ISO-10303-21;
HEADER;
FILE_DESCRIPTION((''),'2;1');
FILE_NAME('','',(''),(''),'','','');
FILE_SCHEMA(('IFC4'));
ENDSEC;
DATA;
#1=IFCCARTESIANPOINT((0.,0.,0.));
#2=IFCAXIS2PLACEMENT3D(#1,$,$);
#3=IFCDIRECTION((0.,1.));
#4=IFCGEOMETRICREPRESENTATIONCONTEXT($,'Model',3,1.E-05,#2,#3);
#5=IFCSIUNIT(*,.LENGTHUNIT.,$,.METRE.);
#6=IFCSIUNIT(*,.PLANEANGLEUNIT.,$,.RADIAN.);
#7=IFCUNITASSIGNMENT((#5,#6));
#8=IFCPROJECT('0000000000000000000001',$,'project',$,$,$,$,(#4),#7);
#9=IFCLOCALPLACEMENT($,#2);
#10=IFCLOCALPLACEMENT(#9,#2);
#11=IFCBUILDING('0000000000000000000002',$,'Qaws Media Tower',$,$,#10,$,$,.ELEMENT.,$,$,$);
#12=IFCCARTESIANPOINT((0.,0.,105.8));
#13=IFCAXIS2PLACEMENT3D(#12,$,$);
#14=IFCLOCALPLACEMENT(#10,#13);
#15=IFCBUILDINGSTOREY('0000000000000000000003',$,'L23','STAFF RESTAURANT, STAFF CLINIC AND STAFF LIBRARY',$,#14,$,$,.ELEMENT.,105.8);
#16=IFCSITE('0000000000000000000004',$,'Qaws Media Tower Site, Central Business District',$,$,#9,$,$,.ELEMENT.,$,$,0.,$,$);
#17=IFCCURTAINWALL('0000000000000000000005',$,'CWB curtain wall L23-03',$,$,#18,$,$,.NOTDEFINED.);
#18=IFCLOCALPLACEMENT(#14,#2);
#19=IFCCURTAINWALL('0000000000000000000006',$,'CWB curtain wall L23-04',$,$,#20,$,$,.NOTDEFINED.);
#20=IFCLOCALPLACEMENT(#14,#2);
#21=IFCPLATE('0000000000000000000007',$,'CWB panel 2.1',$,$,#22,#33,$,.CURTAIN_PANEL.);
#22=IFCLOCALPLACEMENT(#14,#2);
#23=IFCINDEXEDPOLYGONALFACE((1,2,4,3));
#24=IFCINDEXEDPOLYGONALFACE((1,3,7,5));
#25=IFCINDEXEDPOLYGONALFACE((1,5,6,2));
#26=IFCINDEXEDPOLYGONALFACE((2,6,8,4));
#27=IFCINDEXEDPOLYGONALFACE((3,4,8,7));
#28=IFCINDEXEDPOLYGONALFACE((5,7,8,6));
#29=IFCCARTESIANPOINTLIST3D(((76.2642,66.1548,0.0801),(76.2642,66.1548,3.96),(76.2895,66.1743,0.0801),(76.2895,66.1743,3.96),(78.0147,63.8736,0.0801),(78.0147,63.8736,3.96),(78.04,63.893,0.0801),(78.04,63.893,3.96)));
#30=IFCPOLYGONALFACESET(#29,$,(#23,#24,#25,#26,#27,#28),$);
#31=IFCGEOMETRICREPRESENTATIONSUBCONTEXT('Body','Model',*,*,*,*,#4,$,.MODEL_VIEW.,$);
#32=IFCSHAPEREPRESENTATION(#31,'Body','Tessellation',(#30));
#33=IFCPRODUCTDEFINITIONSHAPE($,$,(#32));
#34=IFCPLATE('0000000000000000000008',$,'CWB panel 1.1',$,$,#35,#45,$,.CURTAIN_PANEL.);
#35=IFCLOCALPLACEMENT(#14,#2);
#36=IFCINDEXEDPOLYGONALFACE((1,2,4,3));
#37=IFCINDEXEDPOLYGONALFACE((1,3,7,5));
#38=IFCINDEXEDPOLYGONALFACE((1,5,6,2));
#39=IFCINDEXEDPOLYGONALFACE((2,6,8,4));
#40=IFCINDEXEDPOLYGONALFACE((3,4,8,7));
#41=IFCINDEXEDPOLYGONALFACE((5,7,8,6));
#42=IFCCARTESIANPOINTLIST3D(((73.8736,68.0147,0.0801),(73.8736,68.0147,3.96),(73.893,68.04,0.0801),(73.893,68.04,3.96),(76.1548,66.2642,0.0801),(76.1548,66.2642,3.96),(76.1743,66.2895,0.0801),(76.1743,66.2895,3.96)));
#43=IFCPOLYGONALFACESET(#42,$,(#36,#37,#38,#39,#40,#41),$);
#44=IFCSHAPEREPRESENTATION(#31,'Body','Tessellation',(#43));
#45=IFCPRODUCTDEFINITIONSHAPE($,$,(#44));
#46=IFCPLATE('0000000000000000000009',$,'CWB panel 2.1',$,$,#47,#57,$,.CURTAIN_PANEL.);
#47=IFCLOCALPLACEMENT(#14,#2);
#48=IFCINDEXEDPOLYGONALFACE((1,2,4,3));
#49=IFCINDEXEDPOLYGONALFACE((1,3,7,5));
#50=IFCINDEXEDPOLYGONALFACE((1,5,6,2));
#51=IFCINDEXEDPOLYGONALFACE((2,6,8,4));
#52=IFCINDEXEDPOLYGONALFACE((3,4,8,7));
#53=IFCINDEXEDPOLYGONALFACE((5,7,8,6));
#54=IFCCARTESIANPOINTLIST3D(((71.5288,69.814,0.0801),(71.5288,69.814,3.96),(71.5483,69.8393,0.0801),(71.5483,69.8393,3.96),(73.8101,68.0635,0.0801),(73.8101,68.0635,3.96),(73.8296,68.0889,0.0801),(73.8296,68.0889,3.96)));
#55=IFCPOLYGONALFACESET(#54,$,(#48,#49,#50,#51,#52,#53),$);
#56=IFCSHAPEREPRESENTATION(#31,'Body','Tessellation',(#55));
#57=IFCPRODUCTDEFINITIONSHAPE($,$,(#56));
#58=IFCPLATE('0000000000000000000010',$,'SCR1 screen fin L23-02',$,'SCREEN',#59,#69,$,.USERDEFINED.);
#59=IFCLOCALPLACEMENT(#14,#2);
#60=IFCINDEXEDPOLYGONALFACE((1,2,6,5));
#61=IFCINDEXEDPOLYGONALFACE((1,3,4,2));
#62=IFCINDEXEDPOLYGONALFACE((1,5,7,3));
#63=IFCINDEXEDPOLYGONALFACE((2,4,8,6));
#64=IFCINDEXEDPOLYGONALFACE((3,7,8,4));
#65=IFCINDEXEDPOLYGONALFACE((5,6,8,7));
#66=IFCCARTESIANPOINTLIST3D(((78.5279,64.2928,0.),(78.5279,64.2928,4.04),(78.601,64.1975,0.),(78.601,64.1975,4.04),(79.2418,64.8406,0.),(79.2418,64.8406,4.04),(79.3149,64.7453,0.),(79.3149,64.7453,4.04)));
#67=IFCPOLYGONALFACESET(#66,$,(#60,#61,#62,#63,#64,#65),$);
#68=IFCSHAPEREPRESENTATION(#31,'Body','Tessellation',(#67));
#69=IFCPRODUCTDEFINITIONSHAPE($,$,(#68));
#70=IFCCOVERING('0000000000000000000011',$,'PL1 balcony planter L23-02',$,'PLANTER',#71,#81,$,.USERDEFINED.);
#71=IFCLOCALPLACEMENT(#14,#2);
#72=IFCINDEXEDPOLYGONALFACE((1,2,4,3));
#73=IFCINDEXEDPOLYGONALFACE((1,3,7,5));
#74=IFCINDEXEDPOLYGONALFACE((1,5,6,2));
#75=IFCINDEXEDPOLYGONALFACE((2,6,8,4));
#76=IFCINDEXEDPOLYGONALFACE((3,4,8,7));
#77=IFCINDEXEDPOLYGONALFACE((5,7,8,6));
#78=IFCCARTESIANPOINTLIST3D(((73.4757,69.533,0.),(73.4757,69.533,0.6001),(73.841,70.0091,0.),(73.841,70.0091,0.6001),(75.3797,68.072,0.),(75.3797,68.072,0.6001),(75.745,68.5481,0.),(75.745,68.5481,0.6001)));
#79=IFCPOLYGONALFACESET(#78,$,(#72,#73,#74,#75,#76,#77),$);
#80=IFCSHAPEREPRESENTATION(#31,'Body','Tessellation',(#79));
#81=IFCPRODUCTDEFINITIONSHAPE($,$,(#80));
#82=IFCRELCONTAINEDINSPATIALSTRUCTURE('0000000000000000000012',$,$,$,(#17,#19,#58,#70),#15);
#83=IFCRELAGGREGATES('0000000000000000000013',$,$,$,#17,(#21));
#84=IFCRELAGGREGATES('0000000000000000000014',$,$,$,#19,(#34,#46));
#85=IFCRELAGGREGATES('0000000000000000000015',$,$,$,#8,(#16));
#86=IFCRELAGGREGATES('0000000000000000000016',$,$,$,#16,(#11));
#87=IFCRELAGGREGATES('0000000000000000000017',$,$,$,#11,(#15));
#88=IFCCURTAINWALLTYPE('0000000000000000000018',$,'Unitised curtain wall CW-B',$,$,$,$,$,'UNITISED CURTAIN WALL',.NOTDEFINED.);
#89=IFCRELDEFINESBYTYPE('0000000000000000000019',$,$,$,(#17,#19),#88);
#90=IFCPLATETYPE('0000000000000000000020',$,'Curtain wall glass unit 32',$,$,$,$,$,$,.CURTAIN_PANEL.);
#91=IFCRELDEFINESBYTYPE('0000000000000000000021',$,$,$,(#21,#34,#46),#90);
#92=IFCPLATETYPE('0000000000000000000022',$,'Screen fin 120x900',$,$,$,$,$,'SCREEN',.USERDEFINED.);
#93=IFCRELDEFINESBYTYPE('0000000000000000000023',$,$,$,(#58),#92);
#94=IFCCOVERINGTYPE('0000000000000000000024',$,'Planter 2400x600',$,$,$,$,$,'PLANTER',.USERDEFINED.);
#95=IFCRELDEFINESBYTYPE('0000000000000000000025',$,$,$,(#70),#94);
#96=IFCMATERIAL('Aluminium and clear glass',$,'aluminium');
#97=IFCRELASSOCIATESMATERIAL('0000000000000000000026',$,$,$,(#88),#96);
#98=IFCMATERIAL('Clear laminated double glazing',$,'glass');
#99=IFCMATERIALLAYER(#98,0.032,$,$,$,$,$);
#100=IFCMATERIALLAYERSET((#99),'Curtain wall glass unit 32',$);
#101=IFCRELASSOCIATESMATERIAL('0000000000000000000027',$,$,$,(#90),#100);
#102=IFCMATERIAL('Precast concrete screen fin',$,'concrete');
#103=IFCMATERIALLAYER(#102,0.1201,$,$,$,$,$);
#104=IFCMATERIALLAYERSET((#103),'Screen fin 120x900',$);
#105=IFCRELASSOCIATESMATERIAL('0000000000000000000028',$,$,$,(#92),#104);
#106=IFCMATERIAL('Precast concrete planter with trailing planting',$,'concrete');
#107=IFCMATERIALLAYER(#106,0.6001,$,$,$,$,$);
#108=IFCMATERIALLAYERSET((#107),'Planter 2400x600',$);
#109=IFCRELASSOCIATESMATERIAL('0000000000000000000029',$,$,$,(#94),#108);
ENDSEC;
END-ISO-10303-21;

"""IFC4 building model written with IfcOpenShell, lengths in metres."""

from ifc_helpers import new_model, si_unit, direction, frame, origin, origin_2d, place, context, subcontext, project, spatial, rectangle, extrude, material, layer, layer_set, type_object, element, aggregate, save


model = new_model("IFC4")

# Units and contexts
model_context = context("Model", 3, precision=1e-05, world=origin(), true_north=direction((0.0, 1.0)))
body_context = subcontext(model_context, "Body", "Model", "MODEL_VIEW")
ifc_project = project(units=[si_unit("LENGTHUNIT", "METRE"), si_unit("PLANEANGLEUNIT", "RADIAN")], contexts=[model_context])

# Site, building, storey
site_placement = place(None, origin())
site = spatial("IfcSite", under=ifc_project, at=site_placement, Name="Qaws Media Tower Site, Central Business District", CompositionType="ELEMENT", RefElevation=0.0)
building_placement = place(site_placement, origin())
building = spatial("IfcBuilding", under=site, at=building_placement, Name="Qaws Media Tower", CompositionType="ELEMENT")
storey_placement = place(building_placement, frame((0.0, 0.0, 105.8)))
storey = spatial("IfcBuildingStorey", under=building, at=storey_placement, Name="L23", Description="STAFF RESTAURANT, STAFF CLINIC AND STAFF LIBRARY", CompositionType="ELEMENT", Elevation=105.8)

# Shared definitions
ifc_material_1 = material(Name="Aluminium and clear glass", Category="aluminium")
curtain_wall_type = type_object("IfcCurtainWallType", Name="Unitised curtain wall CW-B", ElementType="UNITISED CURTAIN WALL", PredefinedType="NOTDEFINED", material=ifc_material_1)

# Curtain walls
curtain_wall_1_placement = place(storey_placement, origin())
curtain_wall_1 = element("IfcCurtainWall", 1, at=curtain_wall_1_placement, inside=storey, type_object=curtain_wall_type, Name="CWB curtain wall L23-03", PredefinedType="NOTDEFINED")
curtain_wall_2_placement = place(storey_placement, origin())
curtain_wall_2 = element("IfcCurtainWall", 2, at=curtain_wall_2_placement, inside=storey, type_object=curtain_wall_type, Name="CWB curtain wall L23-04", PredefinedType="NOTDEFINED")

# Plates
ifc_material_2 = material(Name="Clear laminated double glazing", Category="glass")
ifc_layer_1 = layer(ifc_material_2, 0.032)
ifc_layer_set_1 = layer_set([ifc_layer_1], Name="Curtain wall glass unit 32")
plate_type_1 = type_object("IfcPlateType", Name="Curtain wall glass unit 32", PredefinedType="CURTAIN_PANEL", material=ifc_layer_set_1)
plate_1_placement = place(storey_placement, frame((77.1521, 65.0239, 0.0801), z_axis=(0.0, 0.0, 1.0), x_axis=(-0.608761, 0.793353, 0.0)))
plate_1 = element("IfcPlate", 3, at=plate_1_placement, type_object=plate_type_1, Name="CWB panel 2.1", PredefinedType="CURTAIN_PANEL", context=body_context, shape_type="SweptSolid", body=[
    extrude(rectangle(XDim=2.8755, YDim=0.032, at=origin_2d()), origin(), (0.0, 0.0, 1.0), 3.8799),
])
aggregate(curtain_wall_1, [plate_1])
plate_2_placement = place(storey_placement, frame((75.0239, 67.1521, 0.0801), z_axis=(0.0, 0.0, 1.0), x_axis=(-0.793353, 0.608761, 0.0)))
plate_2 = element("IfcPlate", 4, at=plate_2_placement, type_object=plate_type_1, Name="CWB panel 1.1", PredefinedType="CURTAIN_PANEL", context=body_context, shape_type="SweptSolid", body=[
    extrude(rectangle(XDim=2.8755, YDim=0.032, at=origin_2d()), origin(), (0.0, 0.0, 1.0), 3.8799),
])
plate_3_placement = place(storey_placement, frame((72.6792, 68.9514, 0.0801), z_axis=(0.0, 0.0, 1.0), x_axis=(-0.793353, 0.608761, 0.0)))
plate_3 = element("IfcPlate", 5, at=plate_3_placement, type_object=plate_type_1, Name="CWB panel 2.1", PredefinedType="CURTAIN_PANEL", context=body_context, shape_type="SweptSolid", body=[
    extrude(rectangle(XDim=2.8755, YDim=0.032, at=origin_2d()), origin(), (0.0, 0.0, 1.0), 3.8799),
])
aggregate(curtain_wall_2, [plate_2, plate_3])
ifc_material_3 = material(Name="Precast concrete screen fin", Category="concrete")
ifc_layer_2 = layer(ifc_material_3, 0.1201)
ifc_layer_set_2 = layer_set([ifc_layer_2], Name="Screen fin 120x900")
plate_type_2 = type_object("IfcPlateType", Name="Screen fin 120x900", ElementType="SCREEN", PredefinedType="USERDEFINED", material=ifc_layer_set_2)
plate_4_placement = place(storey_placement, frame((78.9214, 64.519, 0.0), z_axis=(0.0, 0.0, 1.0), x_axis=(0.793353, 0.608761, 0.0)))
element("IfcPlate", 6, at=plate_4_placement, inside=storey, type_object=plate_type_2, Name="SCR1 screen fin L23-02", ObjectType="SCREEN", PredefinedType="USERDEFINED", context=body_context, shape_type="SweptSolid", body=[
    extrude(rectangle(XDim=0.8999, YDim=0.1201, at=origin_2d()), origin(), (0.0, 0.0, 1.0), 4.04),
])

# Covering
ifc_material_4 = material(Name="Precast concrete planter with trailing planting", Category="concrete")
ifc_layer_3 = layer(ifc_material_4, 0.6001)
ifc_layer_set_3 = layer_set([ifc_layer_3], Name="Planter 2400x600")
covering_type = type_object("IfcCoveringType", Name="Planter 2400x600", ElementType="PLANTER", PredefinedType="USERDEFINED", material=ifc_layer_set_3)
covering_placement = place(storey_placement, frame((74.6104, 69.0405, 0.0), z_axis=(0.0, 0.0, 1.0), x_axis=(-0.793353, 0.608761, 0.0)))
element("IfcCovering", 7, at=covering_placement, inside=storey, type_object=covering_type, Name="PL1 balcony planter L23-02", ObjectType="PLANTER", PredefinedType="USERDEFINED", context=body_context, shape_type="SweptSolid", body=[
    extrude(rectangle(XDim=2.3999, YDim=0.6001, at=origin_2d()), origin(), (0.0, 0.0, 1.0), 0.6001),
])

save(model, "model.ifc")
